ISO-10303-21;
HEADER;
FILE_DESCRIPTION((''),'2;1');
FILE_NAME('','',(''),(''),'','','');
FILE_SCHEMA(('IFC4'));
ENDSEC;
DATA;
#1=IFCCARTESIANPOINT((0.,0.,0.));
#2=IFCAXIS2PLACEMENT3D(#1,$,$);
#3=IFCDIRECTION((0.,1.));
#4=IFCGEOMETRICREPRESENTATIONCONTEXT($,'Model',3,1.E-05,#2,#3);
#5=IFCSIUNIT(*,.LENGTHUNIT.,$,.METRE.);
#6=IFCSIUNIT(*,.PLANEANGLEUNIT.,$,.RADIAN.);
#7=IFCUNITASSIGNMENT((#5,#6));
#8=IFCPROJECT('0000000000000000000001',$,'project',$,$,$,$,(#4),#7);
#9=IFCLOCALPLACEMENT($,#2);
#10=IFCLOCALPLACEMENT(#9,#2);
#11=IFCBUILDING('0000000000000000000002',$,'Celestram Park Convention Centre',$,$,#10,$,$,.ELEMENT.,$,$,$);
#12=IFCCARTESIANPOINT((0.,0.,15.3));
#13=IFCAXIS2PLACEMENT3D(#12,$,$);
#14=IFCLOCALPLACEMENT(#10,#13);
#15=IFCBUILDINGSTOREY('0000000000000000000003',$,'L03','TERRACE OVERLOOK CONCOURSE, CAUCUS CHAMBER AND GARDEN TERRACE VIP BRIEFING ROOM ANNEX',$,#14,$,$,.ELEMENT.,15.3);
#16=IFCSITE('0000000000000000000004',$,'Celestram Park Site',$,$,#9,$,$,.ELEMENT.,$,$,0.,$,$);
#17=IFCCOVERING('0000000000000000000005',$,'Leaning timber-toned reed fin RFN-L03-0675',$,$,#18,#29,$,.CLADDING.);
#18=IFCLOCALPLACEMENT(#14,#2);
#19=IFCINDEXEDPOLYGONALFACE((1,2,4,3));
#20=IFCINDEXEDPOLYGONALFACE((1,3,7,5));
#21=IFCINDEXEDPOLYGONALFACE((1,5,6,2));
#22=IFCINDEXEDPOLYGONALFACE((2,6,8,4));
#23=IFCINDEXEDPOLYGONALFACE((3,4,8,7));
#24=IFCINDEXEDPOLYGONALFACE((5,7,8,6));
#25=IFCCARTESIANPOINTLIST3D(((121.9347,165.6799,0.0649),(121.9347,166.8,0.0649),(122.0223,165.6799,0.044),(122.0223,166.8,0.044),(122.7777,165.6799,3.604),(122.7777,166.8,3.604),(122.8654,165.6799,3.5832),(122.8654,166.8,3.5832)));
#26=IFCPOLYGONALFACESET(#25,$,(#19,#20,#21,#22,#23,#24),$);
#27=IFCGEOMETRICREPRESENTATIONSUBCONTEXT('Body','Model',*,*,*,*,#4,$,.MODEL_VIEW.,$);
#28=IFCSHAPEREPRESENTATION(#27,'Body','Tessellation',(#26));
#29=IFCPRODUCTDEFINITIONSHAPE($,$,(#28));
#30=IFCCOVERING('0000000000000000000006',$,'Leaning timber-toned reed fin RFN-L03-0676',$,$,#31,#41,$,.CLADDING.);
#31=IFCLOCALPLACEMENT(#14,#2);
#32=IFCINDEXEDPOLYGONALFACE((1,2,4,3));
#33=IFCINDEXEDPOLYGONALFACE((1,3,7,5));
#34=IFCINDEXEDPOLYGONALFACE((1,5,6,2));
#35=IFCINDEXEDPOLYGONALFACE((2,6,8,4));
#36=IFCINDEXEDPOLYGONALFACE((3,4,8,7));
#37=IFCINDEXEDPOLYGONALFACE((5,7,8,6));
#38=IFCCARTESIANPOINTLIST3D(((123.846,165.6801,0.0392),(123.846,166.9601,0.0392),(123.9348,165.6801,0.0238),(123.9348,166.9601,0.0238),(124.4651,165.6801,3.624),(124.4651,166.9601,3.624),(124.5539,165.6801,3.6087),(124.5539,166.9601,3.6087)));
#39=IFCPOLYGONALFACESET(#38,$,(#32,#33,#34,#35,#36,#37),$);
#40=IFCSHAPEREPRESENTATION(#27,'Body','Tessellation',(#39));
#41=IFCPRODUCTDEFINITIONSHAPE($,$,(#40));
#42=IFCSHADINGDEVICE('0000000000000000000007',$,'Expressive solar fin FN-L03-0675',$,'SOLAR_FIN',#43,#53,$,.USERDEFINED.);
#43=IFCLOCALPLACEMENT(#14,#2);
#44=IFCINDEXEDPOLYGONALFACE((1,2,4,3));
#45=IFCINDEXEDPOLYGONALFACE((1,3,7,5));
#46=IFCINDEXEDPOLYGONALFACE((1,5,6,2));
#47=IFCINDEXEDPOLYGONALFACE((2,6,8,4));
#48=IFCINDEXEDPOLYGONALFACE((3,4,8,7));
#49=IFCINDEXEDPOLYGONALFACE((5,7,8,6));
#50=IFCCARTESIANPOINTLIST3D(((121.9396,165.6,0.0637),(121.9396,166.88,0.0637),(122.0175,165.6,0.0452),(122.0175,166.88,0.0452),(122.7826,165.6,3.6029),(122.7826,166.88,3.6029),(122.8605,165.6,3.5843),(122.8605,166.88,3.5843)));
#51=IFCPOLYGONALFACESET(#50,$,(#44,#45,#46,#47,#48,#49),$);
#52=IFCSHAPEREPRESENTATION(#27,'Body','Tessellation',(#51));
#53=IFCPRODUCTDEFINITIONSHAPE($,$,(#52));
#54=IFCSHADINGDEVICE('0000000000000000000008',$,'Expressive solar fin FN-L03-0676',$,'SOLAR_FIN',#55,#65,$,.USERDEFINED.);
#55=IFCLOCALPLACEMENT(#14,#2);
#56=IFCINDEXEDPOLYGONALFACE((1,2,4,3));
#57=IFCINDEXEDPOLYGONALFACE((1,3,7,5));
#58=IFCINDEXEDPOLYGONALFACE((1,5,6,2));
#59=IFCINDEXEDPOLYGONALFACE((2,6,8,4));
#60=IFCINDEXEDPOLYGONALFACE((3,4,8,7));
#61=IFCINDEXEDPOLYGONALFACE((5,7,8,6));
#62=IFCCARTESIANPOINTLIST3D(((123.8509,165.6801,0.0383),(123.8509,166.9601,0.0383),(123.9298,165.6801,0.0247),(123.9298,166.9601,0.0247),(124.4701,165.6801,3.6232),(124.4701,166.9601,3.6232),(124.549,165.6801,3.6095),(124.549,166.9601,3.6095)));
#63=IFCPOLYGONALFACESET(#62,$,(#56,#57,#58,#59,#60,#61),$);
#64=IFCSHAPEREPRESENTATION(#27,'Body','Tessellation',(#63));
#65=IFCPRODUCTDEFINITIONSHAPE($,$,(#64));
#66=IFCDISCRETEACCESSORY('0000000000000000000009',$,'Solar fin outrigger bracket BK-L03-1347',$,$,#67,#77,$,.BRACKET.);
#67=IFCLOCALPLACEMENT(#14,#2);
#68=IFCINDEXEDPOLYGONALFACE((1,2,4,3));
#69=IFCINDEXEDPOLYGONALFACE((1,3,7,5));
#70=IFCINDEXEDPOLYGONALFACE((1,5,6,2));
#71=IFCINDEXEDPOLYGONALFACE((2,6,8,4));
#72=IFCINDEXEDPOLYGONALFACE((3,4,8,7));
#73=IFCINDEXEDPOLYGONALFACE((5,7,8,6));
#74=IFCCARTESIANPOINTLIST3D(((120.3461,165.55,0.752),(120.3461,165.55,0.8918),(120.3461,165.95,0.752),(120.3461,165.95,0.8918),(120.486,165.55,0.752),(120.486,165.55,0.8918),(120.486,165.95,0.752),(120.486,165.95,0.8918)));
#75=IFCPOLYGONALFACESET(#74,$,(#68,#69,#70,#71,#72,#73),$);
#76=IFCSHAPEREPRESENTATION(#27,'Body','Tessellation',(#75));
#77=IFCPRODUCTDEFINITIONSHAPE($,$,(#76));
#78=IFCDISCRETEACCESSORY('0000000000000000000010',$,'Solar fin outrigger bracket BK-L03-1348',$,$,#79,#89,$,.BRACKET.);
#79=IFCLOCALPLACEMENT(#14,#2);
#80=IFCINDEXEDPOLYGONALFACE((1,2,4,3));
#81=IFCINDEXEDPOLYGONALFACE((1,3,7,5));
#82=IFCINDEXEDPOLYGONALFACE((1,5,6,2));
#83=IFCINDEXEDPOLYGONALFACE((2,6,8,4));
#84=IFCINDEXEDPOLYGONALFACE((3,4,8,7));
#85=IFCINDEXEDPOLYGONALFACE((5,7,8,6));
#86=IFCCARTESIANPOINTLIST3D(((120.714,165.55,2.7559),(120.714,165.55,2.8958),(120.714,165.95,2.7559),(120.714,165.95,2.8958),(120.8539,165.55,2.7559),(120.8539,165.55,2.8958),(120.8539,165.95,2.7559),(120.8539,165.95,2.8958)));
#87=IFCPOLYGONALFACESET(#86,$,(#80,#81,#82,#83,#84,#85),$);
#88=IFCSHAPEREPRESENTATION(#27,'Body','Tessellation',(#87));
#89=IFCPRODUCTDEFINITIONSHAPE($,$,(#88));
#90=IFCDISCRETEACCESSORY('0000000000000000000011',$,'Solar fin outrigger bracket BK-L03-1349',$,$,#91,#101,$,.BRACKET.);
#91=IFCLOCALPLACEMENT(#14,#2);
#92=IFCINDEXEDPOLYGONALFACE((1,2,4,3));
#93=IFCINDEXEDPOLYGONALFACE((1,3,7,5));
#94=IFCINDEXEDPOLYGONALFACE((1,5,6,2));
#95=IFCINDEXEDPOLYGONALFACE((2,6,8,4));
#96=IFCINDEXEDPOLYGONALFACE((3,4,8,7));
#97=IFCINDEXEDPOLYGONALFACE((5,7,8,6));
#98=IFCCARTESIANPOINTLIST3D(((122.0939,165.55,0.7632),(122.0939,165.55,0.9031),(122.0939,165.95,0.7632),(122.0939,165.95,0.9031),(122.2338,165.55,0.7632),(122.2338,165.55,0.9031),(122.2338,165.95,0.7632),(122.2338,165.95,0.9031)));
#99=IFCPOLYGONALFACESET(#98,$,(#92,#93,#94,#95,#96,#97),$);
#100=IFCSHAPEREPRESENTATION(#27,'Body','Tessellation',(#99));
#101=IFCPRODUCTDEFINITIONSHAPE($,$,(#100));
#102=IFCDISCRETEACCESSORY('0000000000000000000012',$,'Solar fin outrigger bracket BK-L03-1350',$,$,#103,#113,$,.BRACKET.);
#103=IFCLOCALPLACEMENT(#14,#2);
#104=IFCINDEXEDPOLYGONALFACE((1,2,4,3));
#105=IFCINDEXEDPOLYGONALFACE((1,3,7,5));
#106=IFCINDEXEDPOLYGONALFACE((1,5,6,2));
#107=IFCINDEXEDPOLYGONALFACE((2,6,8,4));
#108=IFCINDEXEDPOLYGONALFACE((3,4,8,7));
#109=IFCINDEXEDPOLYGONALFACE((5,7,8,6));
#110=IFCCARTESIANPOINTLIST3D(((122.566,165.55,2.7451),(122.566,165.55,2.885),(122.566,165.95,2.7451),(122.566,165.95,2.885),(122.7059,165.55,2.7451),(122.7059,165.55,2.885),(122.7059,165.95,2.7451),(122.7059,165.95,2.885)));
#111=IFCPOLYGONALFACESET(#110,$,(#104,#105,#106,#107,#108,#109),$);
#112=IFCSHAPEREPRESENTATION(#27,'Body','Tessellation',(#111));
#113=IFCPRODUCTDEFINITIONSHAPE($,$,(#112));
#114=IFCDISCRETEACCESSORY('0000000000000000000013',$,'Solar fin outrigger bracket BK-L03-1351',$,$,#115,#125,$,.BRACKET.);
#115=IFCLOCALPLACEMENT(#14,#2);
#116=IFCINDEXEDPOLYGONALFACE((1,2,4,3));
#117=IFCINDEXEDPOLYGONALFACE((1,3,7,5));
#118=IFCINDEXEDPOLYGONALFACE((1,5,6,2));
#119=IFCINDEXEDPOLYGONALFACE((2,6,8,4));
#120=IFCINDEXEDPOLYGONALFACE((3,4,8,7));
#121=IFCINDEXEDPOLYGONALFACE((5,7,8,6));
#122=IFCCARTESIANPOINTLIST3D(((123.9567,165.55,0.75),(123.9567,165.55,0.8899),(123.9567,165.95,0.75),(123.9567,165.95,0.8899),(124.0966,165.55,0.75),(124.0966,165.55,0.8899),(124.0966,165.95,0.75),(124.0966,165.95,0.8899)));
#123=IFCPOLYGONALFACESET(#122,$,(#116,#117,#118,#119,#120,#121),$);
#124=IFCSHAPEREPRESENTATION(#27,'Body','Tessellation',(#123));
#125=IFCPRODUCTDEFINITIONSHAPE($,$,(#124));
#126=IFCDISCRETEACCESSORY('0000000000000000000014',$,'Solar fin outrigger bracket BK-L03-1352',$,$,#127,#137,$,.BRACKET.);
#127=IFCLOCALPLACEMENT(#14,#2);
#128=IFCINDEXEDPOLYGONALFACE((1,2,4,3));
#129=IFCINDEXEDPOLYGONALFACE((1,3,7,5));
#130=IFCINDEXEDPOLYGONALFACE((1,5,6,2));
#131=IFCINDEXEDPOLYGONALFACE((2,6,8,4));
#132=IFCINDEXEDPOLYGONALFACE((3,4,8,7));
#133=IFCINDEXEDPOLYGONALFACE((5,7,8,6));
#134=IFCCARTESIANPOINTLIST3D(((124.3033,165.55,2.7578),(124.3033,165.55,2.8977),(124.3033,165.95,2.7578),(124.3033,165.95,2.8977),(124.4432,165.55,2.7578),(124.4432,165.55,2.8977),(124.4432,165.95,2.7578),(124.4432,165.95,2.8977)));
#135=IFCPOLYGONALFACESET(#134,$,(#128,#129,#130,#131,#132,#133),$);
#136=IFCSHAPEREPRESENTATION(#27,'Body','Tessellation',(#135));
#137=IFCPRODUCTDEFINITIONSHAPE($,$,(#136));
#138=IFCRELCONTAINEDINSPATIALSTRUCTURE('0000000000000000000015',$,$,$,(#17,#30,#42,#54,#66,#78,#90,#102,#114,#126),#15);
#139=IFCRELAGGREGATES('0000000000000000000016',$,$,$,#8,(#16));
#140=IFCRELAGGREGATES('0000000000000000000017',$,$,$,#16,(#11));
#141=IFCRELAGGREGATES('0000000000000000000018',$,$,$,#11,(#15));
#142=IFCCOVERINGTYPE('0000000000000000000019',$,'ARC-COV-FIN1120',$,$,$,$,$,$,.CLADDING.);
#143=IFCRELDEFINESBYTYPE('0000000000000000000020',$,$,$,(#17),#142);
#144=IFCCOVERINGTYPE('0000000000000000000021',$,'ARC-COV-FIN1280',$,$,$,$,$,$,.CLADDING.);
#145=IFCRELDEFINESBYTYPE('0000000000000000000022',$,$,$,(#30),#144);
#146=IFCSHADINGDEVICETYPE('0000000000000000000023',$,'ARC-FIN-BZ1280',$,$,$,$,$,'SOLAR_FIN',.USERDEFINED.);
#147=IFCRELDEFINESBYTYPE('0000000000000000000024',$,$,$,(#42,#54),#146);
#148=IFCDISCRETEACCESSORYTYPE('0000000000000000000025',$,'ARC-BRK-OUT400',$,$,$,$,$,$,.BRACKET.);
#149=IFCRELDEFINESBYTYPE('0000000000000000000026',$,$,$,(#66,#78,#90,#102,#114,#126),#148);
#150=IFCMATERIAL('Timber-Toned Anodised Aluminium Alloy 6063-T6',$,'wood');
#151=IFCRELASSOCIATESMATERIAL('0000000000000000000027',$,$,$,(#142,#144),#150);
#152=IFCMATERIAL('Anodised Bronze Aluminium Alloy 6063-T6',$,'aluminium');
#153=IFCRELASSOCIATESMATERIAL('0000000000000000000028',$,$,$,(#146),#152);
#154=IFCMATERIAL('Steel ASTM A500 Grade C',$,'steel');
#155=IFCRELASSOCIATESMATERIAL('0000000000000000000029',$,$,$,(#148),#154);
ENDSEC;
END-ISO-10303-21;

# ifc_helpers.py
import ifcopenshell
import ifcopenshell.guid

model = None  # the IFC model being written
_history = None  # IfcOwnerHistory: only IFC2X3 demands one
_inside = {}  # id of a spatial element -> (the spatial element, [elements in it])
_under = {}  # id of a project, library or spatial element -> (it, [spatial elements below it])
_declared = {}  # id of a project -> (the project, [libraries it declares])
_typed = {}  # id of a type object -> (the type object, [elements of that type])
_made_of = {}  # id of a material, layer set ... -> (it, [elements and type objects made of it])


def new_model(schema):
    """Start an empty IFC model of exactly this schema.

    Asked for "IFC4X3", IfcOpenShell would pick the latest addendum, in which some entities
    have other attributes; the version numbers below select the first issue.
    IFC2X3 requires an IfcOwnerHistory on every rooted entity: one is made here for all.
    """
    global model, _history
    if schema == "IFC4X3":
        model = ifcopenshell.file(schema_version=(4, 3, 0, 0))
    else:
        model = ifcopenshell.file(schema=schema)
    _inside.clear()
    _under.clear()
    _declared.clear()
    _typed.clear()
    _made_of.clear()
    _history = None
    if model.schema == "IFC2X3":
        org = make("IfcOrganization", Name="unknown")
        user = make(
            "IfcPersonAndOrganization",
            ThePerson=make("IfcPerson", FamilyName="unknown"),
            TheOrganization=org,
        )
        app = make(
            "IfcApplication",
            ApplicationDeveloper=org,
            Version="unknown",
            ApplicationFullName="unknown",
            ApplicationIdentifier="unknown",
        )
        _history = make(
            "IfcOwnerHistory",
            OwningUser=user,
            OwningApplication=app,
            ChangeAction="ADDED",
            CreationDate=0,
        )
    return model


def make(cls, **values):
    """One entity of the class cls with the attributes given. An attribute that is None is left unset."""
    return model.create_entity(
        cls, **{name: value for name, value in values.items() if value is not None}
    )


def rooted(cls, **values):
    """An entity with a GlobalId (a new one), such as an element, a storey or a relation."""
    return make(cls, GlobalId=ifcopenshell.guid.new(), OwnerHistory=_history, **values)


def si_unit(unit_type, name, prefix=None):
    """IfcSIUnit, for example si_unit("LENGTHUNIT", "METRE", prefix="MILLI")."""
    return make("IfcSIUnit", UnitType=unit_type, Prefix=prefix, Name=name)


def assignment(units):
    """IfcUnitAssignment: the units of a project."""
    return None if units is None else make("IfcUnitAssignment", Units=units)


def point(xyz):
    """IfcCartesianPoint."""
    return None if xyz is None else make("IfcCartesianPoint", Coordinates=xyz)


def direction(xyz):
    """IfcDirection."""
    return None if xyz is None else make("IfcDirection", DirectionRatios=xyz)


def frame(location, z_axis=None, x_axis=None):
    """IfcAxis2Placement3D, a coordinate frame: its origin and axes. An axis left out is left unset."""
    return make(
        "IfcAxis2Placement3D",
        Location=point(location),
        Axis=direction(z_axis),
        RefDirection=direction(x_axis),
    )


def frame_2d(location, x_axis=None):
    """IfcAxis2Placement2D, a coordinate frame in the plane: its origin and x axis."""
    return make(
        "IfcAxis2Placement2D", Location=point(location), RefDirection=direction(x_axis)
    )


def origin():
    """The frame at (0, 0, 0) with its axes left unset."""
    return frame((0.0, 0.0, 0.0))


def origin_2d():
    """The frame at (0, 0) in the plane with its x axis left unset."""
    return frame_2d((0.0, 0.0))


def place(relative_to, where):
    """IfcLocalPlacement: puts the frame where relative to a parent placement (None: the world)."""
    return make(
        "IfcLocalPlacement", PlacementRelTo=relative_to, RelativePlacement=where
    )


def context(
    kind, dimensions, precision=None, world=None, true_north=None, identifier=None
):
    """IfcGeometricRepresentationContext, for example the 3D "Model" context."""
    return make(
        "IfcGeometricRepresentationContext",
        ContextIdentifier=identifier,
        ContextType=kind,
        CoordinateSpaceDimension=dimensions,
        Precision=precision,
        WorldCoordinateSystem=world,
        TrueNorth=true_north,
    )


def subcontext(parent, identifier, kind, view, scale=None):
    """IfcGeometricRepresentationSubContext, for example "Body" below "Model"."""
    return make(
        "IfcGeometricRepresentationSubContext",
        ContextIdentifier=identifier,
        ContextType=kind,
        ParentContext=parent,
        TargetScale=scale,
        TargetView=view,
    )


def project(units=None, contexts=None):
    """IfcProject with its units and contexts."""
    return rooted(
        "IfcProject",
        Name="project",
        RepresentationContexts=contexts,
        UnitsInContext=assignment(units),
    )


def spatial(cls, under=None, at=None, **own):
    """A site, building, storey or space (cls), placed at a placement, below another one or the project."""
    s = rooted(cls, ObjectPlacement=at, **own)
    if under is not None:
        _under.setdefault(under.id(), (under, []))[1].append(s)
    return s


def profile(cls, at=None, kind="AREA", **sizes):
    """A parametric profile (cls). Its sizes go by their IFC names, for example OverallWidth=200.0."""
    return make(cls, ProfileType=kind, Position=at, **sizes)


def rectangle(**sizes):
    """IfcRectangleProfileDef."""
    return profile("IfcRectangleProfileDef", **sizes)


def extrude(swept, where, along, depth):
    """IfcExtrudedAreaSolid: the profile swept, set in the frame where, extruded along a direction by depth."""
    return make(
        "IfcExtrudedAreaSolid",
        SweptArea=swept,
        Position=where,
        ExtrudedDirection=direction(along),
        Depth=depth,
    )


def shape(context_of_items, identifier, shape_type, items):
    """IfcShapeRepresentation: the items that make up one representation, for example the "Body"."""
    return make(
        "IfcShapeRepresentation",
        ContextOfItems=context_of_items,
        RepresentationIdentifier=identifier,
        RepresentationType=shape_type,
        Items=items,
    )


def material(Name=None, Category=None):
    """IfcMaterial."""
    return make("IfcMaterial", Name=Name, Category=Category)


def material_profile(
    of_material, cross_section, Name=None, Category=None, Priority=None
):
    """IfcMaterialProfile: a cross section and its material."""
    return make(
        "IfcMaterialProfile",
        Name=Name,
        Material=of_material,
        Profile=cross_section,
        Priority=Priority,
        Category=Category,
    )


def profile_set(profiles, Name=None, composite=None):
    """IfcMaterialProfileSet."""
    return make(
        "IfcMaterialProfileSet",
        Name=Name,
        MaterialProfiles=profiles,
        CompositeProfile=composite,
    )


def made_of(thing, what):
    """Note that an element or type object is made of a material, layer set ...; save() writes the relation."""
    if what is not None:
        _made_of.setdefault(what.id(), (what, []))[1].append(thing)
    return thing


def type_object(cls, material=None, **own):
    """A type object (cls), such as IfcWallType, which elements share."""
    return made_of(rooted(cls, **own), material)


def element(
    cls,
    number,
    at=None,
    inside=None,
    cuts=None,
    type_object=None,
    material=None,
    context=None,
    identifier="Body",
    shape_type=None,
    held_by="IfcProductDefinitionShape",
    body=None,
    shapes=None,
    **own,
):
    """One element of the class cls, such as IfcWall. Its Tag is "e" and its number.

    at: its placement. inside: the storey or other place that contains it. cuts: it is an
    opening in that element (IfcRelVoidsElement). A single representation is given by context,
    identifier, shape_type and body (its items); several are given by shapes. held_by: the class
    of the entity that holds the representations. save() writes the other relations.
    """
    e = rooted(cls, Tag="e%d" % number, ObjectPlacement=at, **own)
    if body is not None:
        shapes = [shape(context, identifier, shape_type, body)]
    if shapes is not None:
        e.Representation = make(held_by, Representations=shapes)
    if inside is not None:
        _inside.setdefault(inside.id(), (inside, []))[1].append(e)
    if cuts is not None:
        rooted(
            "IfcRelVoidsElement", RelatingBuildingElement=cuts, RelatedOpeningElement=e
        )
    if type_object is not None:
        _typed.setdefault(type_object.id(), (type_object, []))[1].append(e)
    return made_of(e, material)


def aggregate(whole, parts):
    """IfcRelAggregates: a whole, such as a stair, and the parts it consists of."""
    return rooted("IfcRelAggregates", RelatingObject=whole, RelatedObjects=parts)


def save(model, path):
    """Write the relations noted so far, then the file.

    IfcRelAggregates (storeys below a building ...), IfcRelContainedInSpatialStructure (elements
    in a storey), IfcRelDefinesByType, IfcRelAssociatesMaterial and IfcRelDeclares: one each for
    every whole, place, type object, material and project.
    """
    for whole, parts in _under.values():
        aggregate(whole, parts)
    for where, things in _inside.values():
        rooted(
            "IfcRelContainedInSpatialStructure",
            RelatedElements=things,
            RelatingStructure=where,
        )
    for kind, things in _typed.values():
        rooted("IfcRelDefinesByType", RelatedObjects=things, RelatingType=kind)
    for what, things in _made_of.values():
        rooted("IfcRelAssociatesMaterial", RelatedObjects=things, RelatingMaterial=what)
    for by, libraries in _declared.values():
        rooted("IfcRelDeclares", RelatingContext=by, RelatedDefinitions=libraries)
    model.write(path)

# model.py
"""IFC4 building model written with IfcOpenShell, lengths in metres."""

from ifc_helpers import new_model, si_unit, direction, frame, origin, origin_2d, place, context, subcontext, project, spatial, rectangle, extrude, material, material_profile, profile_set, type_object, element, save


model = new_model("IFC4")

# Units and contexts
model_context = context("Model", 3, precision=1e-05, world=origin(), true_north=direction((0.0, 1.0)))
body_context = subcontext(model_context, "Body", "Model", "MODEL_VIEW")
ifc_project = project(units=[si_unit("LENGTHUNIT", "METRE"), si_unit("PLANEANGLEUNIT", "RADIAN")], contexts=[model_context])

# Site, building, storey
site_placement = place(None, origin())
site = spatial("IfcSite", under=ifc_project, at=site_placement, Name="Celestram Park Site", CompositionType="ELEMENT", RefElevation=0.0)
building_placement = place(site_placement, origin())
building = spatial("IfcBuilding", under=site, at=building_placement, Name="Celestram Park Convention Centre", CompositionType="ELEMENT")
storey_placement = place(building_placement, frame((0.0, 0.0, 15.3)))
storey = spatial("IfcBuildingStorey", under=building, at=storey_placement, Name="L03", Description="TERRACE OVERLOOK CONCOURSE, CAUCUS CHAMBER AND GARDEN TERRACE VIP BRIEFING ROOM ANNEX", CompositionType="ELEMENT", Elevation=15.3)

# Coverings
ifc_material_1 = material(Name="Timber-Toned Anodised Aluminium Alloy 6063-T6", Category="wood")
ifc_material_profile_1 = material_profile(ifc_material_1, rectangle(XDim=1.1201, YDim=0.0901, at=origin_2d()), Name="REED1120X90")
ifc_profile_set_1 = profile_set([ifc_material_profile_1], Name="Timber-Toned Anodised Aluminium Alloy 6063-T6")
covering_type_1 = type_object("IfcCoveringType", Name="ARC-COV-FIN1120", PredefinedType="CLADDING", material=ifc_profile_set_1)
covering_1_placement = place(storey_placement, frame((121.9785, 166.24, 0.0544), z_axis=(0.23172, 0.0, 0.972782), x_axis=(0.0, 1.0, 0.0)))
element("IfcCovering", 1, at=covering_1_placement, inside=storey, type_object=covering_type_1, Name="Leaning timber-toned reed fin RFN-L03-0675", PredefinedType="CLADDING", context=body_context, shape_type="SweptSolid", body=[
    extrude(rectangle(XDim=1.1201, YDim=0.0901, at=origin_2d()), origin(), (0.0, 0.0, 1.0), 3.6382),
])
ifc_material_profile_2 = material_profile(ifc_material_1, rectangle(XDim=1.28, YDim=0.0901, at=origin_2d()), Name="REED1280X90")
ifc_profile_set_2 = profile_set([ifc_material_profile_2], Name="Timber-Toned Anodised Aluminium Alloy 6063-T6")
covering_type_2 = type_object("IfcCoveringType", Name="ARC-COV-FIN1280", PredefinedType="CLADDING", material=ifc_profile_set_2)
covering_2_placement = place(storey_placement, frame((123.8904, 166.3201, 0.0315), z_axis=(0.170186, 0.0, 0.985412), x_axis=(0.0, 1.0, 0.0)))
element("IfcCovering", 2, at=covering_2_placement, inside=storey, type_object=covering_type_2, Name="Leaning timber-toned reed fin RFN-L03-0676", PredefinedType="CLADDING", context=body_context, shape_type="SweptSolid", body=[
    extrude(rectangle(XDim=1.28, YDim=0.0901, at=origin_2d()), origin(), (0.0, 0.0, 1.0), 3.6379),
])

# Shading devices
ifc_material_2 = material(Name="Anodised Bronze Aluminium Alloy 6063-T6", Category="aluminium")
ifc_material_profile_3 = material_profile(ifc_material_2, rectangle(XDim=1.28, YDim=0.0801, at=origin_2d()), Name="FIN1280X80")
ifc_profile_set_3 = profile_set([ifc_material_profile_3], Name="Anodised Bronze Aluminium Alloy 6063-T6")
shading_device_type = type_object("IfcShadingDeviceType", Name="ARC-FIN-BZ1280", ElementType="SOLAR_FIN", PredefinedType="USERDEFINED", material=ifc_profile_set_3)
shading_device_1_placement = place(storey_placement, frame((121.9785, 166.24, 0.0544), z_axis=(0.23172, 0.0, 0.972782), x_axis=(0.0, 1.0, 0.0)))
element("IfcShadingDevice", 3, at=shading_device_1_placement, inside=storey, type_object=shading_device_type, Name="Expressive solar fin FN-L03-0675", ObjectType="SOLAR_FIN", PredefinedType="USERDEFINED", context=body_context, shape_type="SweptSolid", body=[
    extrude(rectangle(XDim=1.28, YDim=0.0801, at=origin_2d()), origin(), (0.0, 0.0, 1.0), 3.6382),
])
shading_device_2_placement = place(storey_placement, frame((123.8904, 166.3201, 0.0315), z_axis=(0.170186, 0.0, 0.985412), x_axis=(0.0, 1.0, 0.0)))
element("IfcShadingDevice", 4, at=shading_device_2_placement, inside=storey, type_object=shading_device_type, Name="Expressive solar fin FN-L03-0676", ObjectType="SOLAR_FIN", PredefinedType="USERDEFINED", context=body_context, shape_type="SweptSolid", body=[
    extrude(rectangle(XDim=1.28, YDim=0.0801, at=origin_2d()), origin(), (0.0, 0.0, 1.0), 3.6379),
])

# Discrete accessories
ifc_material_3 = material(Name="Steel ASTM A500 Grade C", Category="steel")
discrete_accessory_type = type_object("IfcDiscreteAccessoryType", Name="ARC-BRK-OUT400", PredefinedType="BRACKET", material=ifc_material_3)
for number, where, z_axis, x_axis, name in (
    (5, (120.416, 165.75, 0.752), (0.0, 0.0, 1.0), (0.0, 1.0, 0.0), "Solar fin outrigger bracket BK-L03-1347"),
    (6, (120.7839, 165.75, 2.7559), (0.0, 0.0, 1.0), (0.0, 1.0, 0.0), "Solar fin outrigger bracket BK-L03-1348"),
    (7, (122.1638, 165.75, 0.7632), (0.0, 0.0, 1.0), (0.0, 1.0, 0.0), "Solar fin outrigger bracket BK-L03-1349"),
    (8, (122.636, 165.75, 2.7451), (0.0, 0.0, 1.0), (0.0, 1.0, 0.0), "Solar fin outrigger bracket BK-L03-1350"),
    (9, (124.0266, 165.75, 0.75), (0.0, 0.0, 1.0), (0.0, 1.0, 0.0), "Solar fin outrigger bracket BK-L03-1351"),
    (10, (124.3733, 165.75, 2.7578), (0.0, 0.0, 1.0), (0.0, 1.0, 0.0), "Solar fin outrigger bracket BK-L03-1352"),
):
    element("IfcDiscreteAccessory", number, at=place(storey_placement, frame(where, z_axis=z_axis, x_axis=x_axis)), inside=storey, type_object=discrete_accessory_type, Name=name, PredefinedType="BRACKET", context=body_context, shape_type="SweptSolid", body=[
        extrude(rectangle(XDim=0.3999, YDim=0.1399, at=origin_2d()), origin(), (0.0, 0.0, 1.0), 0.1399),
    ])

save(model, "model.ifc")
